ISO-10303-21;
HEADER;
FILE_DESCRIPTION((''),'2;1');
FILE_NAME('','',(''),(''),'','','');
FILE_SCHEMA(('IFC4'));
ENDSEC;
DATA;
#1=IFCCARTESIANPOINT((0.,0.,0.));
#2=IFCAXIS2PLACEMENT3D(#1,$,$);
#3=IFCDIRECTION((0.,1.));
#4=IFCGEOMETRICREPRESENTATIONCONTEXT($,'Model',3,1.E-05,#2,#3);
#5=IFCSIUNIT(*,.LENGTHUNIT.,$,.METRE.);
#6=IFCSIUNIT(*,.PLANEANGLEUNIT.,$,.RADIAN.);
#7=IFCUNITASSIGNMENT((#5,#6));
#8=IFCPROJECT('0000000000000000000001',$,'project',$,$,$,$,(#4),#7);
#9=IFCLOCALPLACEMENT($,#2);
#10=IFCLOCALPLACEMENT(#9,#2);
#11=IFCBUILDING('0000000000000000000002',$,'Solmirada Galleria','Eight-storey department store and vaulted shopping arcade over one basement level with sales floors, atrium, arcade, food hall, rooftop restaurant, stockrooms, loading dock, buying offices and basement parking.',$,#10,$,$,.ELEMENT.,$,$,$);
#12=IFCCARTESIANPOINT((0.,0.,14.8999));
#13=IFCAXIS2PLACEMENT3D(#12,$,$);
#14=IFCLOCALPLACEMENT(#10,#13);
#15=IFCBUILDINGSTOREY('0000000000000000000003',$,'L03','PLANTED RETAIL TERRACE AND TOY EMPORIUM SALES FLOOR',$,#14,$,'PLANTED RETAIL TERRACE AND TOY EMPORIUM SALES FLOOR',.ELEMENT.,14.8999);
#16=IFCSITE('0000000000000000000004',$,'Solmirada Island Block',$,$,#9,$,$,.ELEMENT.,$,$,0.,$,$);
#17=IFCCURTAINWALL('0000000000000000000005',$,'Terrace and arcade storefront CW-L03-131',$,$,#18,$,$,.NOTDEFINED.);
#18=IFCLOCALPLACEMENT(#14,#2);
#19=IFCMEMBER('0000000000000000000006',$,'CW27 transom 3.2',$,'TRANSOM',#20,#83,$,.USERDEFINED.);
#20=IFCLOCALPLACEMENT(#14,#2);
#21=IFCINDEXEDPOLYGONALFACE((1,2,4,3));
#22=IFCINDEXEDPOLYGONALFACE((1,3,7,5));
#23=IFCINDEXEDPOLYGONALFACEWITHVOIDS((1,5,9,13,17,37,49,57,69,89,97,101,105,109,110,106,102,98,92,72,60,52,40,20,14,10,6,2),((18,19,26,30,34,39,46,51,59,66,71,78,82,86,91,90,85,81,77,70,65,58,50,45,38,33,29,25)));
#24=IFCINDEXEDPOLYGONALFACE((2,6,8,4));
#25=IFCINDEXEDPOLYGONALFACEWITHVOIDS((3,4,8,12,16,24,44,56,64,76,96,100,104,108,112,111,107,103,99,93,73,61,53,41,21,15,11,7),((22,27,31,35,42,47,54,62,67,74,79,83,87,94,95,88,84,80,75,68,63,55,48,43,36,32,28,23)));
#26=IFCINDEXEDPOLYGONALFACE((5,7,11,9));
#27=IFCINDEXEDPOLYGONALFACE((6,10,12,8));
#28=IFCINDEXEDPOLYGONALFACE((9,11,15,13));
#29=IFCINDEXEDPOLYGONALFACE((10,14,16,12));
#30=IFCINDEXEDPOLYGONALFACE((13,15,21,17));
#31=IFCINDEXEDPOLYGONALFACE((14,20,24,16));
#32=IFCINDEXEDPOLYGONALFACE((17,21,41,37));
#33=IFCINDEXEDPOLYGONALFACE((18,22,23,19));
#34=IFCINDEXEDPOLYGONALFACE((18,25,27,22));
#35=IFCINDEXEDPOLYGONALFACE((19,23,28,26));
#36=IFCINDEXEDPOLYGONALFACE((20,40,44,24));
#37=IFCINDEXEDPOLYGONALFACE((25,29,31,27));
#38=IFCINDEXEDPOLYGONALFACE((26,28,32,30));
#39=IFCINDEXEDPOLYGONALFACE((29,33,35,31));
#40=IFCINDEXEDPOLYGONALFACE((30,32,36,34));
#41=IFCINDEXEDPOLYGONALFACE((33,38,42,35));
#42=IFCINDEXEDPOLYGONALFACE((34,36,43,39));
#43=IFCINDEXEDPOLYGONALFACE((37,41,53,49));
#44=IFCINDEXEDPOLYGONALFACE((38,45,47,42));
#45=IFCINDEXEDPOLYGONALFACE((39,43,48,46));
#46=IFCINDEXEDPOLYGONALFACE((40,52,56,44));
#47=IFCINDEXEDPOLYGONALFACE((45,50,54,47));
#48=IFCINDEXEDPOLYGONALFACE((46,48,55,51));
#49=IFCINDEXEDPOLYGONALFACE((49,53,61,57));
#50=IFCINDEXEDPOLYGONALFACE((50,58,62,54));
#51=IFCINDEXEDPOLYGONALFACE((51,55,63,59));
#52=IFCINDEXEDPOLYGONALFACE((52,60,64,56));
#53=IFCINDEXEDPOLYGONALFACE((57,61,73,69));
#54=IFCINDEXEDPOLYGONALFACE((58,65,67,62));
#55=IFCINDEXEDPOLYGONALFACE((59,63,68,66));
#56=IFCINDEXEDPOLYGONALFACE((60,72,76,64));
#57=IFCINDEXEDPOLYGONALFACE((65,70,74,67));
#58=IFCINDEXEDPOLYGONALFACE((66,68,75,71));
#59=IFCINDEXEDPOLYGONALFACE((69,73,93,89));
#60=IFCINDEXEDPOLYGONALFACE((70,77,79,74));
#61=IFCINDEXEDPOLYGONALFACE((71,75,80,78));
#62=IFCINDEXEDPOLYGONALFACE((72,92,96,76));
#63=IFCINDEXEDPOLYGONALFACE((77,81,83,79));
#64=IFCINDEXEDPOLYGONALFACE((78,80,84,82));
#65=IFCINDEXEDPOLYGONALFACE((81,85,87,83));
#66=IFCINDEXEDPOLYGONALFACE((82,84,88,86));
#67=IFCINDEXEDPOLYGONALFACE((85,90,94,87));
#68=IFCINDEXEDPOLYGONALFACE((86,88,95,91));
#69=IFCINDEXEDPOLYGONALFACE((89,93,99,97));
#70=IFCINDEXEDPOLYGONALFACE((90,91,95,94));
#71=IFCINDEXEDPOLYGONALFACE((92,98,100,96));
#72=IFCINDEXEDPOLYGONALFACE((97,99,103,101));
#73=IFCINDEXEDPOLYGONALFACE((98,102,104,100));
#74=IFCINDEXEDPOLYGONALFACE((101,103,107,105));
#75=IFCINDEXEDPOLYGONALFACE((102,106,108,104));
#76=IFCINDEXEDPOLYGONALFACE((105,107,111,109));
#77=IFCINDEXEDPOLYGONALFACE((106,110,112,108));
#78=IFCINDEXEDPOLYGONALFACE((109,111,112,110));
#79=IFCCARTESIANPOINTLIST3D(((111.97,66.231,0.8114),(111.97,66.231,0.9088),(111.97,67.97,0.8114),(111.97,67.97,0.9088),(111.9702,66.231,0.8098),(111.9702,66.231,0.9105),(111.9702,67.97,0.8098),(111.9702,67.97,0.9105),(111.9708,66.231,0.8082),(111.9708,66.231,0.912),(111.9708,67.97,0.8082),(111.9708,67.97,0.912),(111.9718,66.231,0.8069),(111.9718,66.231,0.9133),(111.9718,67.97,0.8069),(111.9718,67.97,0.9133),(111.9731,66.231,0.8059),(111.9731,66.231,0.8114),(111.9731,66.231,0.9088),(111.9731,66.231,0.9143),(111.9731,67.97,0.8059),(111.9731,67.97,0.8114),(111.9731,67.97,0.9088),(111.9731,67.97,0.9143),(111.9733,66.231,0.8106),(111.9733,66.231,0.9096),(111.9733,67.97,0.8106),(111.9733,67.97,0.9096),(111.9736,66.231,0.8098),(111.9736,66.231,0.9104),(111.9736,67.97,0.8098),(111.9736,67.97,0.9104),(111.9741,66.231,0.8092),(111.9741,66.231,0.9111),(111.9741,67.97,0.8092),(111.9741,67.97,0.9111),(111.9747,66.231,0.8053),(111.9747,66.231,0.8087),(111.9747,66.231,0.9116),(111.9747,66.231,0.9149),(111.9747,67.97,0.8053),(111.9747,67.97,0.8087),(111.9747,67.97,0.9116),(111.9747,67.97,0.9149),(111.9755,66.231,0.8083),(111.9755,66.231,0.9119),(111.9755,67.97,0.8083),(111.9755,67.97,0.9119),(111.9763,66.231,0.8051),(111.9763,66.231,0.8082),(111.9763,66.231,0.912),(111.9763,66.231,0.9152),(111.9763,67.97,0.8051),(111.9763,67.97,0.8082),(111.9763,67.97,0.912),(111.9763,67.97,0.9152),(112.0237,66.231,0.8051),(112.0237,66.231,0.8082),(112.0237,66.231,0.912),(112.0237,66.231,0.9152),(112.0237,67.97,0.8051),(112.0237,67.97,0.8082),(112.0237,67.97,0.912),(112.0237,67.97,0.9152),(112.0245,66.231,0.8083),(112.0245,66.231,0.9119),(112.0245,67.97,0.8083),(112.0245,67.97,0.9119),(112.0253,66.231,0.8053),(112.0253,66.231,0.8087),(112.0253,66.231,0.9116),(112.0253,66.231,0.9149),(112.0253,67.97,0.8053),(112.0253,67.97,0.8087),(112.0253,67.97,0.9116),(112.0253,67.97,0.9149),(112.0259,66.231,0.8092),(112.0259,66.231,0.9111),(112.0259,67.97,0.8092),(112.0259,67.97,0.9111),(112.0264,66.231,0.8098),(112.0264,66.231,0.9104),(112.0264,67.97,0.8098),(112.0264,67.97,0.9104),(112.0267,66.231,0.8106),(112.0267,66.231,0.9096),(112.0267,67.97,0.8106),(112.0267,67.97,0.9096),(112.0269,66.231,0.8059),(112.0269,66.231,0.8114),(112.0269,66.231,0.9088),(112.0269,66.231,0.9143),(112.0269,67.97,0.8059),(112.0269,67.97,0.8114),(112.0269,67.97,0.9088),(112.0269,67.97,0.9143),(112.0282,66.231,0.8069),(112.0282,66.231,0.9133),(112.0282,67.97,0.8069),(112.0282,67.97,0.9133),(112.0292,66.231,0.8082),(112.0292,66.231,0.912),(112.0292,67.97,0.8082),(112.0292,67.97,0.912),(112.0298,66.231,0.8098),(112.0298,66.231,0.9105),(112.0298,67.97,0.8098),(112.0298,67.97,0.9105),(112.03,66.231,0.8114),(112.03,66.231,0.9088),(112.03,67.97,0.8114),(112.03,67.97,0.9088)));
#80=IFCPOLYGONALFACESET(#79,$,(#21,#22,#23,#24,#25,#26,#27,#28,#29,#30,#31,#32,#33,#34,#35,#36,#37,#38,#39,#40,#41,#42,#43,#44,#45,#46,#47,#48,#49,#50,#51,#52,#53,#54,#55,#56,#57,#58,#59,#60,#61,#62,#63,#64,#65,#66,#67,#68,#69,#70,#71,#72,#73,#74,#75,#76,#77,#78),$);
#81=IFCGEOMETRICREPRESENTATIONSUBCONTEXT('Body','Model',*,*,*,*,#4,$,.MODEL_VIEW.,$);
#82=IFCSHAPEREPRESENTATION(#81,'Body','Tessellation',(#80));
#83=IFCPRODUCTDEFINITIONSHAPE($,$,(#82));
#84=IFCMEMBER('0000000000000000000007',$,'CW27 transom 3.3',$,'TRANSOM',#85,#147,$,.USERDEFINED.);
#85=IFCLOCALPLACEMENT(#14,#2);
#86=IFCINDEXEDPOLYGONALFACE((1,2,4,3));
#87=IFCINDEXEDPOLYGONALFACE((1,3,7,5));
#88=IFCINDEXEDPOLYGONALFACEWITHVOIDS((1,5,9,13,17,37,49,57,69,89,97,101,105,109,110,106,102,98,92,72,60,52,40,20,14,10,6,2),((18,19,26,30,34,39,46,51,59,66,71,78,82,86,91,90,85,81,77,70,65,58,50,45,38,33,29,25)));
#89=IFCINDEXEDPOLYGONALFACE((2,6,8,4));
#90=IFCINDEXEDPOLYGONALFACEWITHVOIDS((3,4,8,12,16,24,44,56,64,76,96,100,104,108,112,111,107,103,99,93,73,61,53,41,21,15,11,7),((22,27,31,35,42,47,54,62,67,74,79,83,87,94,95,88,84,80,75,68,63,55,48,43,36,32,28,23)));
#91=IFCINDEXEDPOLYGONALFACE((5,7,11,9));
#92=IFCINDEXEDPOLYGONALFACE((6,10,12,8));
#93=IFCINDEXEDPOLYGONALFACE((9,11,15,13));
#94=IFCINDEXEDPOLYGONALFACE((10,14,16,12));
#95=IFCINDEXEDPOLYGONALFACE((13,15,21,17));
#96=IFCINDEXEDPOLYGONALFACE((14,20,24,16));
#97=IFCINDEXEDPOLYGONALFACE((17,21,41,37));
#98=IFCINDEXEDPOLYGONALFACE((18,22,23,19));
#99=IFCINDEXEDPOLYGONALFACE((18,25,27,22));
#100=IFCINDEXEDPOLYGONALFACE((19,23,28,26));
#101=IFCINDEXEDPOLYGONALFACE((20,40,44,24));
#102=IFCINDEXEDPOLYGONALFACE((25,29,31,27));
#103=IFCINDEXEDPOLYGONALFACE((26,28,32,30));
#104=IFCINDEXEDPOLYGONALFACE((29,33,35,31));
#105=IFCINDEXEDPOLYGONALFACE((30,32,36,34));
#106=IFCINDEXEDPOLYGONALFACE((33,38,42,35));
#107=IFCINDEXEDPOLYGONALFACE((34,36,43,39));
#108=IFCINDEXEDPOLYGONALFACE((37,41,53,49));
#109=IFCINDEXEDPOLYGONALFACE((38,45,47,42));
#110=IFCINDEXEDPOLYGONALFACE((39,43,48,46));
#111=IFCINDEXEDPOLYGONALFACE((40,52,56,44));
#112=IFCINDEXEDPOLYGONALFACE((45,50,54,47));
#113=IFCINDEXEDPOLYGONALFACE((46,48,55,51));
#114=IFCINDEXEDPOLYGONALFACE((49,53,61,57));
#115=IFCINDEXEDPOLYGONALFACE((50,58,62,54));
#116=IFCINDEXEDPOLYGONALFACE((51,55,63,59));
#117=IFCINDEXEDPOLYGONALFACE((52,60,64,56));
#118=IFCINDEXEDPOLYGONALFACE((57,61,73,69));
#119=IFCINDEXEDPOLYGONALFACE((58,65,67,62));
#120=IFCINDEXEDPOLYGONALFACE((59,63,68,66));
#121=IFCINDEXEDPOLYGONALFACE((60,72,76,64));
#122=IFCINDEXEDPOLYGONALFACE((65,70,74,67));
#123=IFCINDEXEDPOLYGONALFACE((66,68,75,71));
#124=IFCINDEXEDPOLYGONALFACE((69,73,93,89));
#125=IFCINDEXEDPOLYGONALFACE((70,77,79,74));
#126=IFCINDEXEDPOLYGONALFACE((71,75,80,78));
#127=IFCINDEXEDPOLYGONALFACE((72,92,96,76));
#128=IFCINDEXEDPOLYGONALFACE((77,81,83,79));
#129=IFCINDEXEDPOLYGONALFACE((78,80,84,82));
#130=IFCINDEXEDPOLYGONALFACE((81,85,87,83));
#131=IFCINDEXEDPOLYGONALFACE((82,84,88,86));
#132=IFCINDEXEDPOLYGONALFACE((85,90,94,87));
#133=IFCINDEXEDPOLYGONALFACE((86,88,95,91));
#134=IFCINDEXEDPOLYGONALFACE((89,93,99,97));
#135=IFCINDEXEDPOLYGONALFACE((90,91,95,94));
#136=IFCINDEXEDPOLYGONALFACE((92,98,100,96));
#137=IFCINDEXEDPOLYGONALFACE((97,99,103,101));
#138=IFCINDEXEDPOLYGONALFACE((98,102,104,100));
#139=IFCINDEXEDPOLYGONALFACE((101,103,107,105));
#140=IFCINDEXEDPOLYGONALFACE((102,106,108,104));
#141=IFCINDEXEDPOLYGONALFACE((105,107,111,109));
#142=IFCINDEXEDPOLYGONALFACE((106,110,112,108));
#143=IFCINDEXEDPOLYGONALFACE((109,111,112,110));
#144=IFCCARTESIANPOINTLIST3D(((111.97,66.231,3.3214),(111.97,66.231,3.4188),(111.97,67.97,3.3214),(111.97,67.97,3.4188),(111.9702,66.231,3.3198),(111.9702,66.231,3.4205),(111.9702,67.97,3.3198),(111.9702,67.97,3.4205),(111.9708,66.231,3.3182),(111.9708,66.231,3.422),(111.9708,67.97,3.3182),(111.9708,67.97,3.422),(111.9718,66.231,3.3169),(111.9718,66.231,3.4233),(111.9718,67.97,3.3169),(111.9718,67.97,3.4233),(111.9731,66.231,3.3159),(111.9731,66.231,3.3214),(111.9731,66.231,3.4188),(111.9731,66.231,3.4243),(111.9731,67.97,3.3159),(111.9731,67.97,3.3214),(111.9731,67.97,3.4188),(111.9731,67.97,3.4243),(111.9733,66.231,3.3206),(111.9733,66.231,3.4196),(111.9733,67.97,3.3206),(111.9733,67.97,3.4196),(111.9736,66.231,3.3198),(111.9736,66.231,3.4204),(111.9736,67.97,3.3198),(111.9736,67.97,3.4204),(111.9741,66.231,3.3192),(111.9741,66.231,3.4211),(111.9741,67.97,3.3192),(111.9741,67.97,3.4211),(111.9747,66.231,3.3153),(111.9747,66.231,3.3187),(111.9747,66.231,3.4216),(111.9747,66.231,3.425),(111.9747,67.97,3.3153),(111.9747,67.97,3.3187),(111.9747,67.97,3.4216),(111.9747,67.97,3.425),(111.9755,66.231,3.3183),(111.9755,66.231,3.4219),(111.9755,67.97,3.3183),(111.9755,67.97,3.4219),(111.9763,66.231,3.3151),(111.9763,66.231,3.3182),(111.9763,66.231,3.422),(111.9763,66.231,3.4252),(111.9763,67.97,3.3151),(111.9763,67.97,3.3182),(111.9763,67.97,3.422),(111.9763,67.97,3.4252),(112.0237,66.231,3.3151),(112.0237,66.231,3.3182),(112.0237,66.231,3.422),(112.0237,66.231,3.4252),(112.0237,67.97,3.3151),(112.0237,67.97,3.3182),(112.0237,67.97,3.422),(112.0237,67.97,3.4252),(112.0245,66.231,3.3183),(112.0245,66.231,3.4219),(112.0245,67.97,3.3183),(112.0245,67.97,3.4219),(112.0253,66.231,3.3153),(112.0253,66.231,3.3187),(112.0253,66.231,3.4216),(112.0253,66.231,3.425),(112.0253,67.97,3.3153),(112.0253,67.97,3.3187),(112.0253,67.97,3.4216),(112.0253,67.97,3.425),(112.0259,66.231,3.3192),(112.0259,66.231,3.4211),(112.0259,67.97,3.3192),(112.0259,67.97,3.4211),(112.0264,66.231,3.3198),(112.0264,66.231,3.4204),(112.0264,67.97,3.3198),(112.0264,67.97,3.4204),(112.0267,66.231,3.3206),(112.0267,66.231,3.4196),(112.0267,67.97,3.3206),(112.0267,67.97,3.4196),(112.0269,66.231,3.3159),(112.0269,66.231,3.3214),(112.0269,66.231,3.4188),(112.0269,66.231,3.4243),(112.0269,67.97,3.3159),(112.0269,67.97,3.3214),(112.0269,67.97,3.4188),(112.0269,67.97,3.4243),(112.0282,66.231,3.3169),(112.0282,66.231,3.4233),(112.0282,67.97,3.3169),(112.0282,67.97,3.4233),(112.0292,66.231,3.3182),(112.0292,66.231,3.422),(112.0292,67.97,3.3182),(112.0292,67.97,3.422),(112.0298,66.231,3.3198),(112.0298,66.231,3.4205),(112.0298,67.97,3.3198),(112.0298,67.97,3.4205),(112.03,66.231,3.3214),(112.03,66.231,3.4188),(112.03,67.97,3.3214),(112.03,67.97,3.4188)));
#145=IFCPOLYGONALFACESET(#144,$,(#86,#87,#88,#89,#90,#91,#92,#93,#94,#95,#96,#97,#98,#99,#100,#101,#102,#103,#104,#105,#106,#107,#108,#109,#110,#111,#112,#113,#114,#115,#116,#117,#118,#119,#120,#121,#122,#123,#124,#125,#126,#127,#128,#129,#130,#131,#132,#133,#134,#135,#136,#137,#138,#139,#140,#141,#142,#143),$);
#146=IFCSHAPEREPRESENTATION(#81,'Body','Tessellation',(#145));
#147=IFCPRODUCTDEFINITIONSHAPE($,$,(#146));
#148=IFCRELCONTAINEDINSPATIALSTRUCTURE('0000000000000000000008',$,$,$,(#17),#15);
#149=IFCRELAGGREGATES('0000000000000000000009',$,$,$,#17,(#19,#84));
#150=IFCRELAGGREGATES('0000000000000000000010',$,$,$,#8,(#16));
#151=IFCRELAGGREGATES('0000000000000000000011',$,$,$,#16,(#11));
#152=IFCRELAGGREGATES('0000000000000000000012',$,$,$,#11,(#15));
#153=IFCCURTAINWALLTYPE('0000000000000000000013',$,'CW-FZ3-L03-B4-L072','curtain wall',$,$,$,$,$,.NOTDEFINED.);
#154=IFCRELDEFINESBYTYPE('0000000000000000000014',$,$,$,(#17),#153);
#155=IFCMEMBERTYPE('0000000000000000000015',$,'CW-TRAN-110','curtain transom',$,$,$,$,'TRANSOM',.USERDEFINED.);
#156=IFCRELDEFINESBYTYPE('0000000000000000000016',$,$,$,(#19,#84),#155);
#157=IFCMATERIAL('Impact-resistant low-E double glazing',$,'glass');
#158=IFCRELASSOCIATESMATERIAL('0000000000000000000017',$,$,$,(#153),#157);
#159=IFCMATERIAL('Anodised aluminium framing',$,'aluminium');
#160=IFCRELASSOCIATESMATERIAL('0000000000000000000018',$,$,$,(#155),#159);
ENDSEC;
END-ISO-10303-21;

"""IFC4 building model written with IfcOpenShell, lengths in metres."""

from ifc_helpers import new_model, si_unit, direction, frame, origin, origin_2d, place, context, subcontext, project, spatial, hollow_rectangle, extrude, material, material_profile, profile_set, type_object, element, aggregate, save


model = new_model("IFC4")

# Units and contexts
model_context = context("Model", 3, precision=1e-05, world=origin(), true_north=direction((0.0, 1.0)))
body_context = subcontext(model_context, "Body", "Model", "MODEL_VIEW")
ifc_project = project(units=[si_unit("LENGTHUNIT", "METRE"), si_unit("PLANEANGLEUNIT", "RADIAN")], contexts=[model_context])

# Site, building, storey
site_placement = place(None, origin())
site = spatial("IfcSite", under=ifc_project, at=site_placement, Name="Solmirada Island Block", CompositionType="ELEMENT", RefElevation=0.0)
building_placement = place(site_placement, origin())
building = spatial("IfcBuilding", under=site, at=building_placement, Name="Solmirada Galleria", Description="Eight-storey department store and vaulted shopping arcade over one basement level with sales floors, atrium, arcade, food hall, rooftop restaurant, stockrooms, loading dock, buying offices and basement parking.", CompositionType="ELEMENT")
storey_placement = place(building_placement, frame((0.0, 0.0, 14.8999)))
storey = spatial("IfcBuildingStorey", under=building, at=storey_placement, Name="L03", Description="PLANTED RETAIL TERRACE AND TOY EMPORIUM SALES FLOOR", LongName="PLANTED RETAIL TERRACE AND TOY EMPORIUM SALES FLOOR", CompositionType="ELEMENT", Elevation=14.8999)

# Curtain wall, members
ifc_material_1 = material(Name="Impact-resistant low-E double glazing", Category="glass")
curtain_wall_type = type_object("IfcCurtainWallType", Name="CW-FZ3-L03-B4-L072", Description="curtain wall", PredefinedType="NOTDEFINED", material=ifc_material_1)
curtain_wall_placement = place(storey_placement, origin())
curtain_wall = element("IfcCurtainWall", 1, at=curtain_wall_placement, inside=storey, type_object=curtain_wall_type, Name="Terrace and arcade storefront CW-L03-131", PredefinedType="NOTDEFINED")
ifc_material_2 = material(Name="Anodised aluminium framing", Category="aluminium")
ifc_material_profile_1 = material_profile(ifc_material_2, hollow_rectangle(XDim=0.0601, YDim=0.1101, WallThickness=0.0032, InnerFilletRadius=0.0032, OuterFilletRadius=0.0063, at=origin_2d()), Name="ALU-TRAN-110X60")
ifc_profile_set_1 = profile_set([ifc_material_profile_1], Name="Anodised aluminium framing")
member_type_1 = type_object("IfcMemberType", Name="CW-TRAN-110", Description="curtain transom", ElementType="TRANSOM", PredefinedType="USERDEFINED", material=ifc_profile_set_1)
member_1_placement = place(storey_placement, frame((112.0, 67.97, 0.8601), z_axis=(0.0, -1.0, 0.0), x_axis=(1.0, 0.0, 0.0)))
member_1 = element("IfcMember", 2, at=member_1_placement, type_object=member_type_1, Name="CW27 transom 3.2", ObjectType="TRANSOM", PredefinedType="USERDEFINED", context=body_context, shape_type="SweptSolid", body=[
    extrude(hollow_rectangle(XDim=0.0601, YDim=0.1101, WallThickness=0.0032, InnerFilletRadius=0.0032, OuterFilletRadius=0.0063, at=origin_2d()), origin(), (0.0, 0.0, 1.0), 1.739),
])
member_2_placement = place(storey_placement, frame((112.0, 67.97, 3.3701), z_axis=(0.0, -1.0, 0.0), x_axis=(1.0, 0.0, 0.0)))
member_2 = element("IfcMember", 3, at=member_2_placement, type_object=member_type_1, Name="CW27 transom 3.3", ObjectType="TRANSOM", PredefinedType="USERDEFINED", context=body_context, shape_type="SweptSolid", body=[
    extrude(hollow_rectangle(XDim=0.0601, YDim=0.1101, WallThickness=0.0032, InnerFilletRadius=0.0032, OuterFilletRadius=0.0063, at=origin_2d()), origin(), (0.0, 0.0, 1.0), 1.739),
])
aggregate(curtain_wall, [member_1, member_2])

save(model, "model.ifc")
